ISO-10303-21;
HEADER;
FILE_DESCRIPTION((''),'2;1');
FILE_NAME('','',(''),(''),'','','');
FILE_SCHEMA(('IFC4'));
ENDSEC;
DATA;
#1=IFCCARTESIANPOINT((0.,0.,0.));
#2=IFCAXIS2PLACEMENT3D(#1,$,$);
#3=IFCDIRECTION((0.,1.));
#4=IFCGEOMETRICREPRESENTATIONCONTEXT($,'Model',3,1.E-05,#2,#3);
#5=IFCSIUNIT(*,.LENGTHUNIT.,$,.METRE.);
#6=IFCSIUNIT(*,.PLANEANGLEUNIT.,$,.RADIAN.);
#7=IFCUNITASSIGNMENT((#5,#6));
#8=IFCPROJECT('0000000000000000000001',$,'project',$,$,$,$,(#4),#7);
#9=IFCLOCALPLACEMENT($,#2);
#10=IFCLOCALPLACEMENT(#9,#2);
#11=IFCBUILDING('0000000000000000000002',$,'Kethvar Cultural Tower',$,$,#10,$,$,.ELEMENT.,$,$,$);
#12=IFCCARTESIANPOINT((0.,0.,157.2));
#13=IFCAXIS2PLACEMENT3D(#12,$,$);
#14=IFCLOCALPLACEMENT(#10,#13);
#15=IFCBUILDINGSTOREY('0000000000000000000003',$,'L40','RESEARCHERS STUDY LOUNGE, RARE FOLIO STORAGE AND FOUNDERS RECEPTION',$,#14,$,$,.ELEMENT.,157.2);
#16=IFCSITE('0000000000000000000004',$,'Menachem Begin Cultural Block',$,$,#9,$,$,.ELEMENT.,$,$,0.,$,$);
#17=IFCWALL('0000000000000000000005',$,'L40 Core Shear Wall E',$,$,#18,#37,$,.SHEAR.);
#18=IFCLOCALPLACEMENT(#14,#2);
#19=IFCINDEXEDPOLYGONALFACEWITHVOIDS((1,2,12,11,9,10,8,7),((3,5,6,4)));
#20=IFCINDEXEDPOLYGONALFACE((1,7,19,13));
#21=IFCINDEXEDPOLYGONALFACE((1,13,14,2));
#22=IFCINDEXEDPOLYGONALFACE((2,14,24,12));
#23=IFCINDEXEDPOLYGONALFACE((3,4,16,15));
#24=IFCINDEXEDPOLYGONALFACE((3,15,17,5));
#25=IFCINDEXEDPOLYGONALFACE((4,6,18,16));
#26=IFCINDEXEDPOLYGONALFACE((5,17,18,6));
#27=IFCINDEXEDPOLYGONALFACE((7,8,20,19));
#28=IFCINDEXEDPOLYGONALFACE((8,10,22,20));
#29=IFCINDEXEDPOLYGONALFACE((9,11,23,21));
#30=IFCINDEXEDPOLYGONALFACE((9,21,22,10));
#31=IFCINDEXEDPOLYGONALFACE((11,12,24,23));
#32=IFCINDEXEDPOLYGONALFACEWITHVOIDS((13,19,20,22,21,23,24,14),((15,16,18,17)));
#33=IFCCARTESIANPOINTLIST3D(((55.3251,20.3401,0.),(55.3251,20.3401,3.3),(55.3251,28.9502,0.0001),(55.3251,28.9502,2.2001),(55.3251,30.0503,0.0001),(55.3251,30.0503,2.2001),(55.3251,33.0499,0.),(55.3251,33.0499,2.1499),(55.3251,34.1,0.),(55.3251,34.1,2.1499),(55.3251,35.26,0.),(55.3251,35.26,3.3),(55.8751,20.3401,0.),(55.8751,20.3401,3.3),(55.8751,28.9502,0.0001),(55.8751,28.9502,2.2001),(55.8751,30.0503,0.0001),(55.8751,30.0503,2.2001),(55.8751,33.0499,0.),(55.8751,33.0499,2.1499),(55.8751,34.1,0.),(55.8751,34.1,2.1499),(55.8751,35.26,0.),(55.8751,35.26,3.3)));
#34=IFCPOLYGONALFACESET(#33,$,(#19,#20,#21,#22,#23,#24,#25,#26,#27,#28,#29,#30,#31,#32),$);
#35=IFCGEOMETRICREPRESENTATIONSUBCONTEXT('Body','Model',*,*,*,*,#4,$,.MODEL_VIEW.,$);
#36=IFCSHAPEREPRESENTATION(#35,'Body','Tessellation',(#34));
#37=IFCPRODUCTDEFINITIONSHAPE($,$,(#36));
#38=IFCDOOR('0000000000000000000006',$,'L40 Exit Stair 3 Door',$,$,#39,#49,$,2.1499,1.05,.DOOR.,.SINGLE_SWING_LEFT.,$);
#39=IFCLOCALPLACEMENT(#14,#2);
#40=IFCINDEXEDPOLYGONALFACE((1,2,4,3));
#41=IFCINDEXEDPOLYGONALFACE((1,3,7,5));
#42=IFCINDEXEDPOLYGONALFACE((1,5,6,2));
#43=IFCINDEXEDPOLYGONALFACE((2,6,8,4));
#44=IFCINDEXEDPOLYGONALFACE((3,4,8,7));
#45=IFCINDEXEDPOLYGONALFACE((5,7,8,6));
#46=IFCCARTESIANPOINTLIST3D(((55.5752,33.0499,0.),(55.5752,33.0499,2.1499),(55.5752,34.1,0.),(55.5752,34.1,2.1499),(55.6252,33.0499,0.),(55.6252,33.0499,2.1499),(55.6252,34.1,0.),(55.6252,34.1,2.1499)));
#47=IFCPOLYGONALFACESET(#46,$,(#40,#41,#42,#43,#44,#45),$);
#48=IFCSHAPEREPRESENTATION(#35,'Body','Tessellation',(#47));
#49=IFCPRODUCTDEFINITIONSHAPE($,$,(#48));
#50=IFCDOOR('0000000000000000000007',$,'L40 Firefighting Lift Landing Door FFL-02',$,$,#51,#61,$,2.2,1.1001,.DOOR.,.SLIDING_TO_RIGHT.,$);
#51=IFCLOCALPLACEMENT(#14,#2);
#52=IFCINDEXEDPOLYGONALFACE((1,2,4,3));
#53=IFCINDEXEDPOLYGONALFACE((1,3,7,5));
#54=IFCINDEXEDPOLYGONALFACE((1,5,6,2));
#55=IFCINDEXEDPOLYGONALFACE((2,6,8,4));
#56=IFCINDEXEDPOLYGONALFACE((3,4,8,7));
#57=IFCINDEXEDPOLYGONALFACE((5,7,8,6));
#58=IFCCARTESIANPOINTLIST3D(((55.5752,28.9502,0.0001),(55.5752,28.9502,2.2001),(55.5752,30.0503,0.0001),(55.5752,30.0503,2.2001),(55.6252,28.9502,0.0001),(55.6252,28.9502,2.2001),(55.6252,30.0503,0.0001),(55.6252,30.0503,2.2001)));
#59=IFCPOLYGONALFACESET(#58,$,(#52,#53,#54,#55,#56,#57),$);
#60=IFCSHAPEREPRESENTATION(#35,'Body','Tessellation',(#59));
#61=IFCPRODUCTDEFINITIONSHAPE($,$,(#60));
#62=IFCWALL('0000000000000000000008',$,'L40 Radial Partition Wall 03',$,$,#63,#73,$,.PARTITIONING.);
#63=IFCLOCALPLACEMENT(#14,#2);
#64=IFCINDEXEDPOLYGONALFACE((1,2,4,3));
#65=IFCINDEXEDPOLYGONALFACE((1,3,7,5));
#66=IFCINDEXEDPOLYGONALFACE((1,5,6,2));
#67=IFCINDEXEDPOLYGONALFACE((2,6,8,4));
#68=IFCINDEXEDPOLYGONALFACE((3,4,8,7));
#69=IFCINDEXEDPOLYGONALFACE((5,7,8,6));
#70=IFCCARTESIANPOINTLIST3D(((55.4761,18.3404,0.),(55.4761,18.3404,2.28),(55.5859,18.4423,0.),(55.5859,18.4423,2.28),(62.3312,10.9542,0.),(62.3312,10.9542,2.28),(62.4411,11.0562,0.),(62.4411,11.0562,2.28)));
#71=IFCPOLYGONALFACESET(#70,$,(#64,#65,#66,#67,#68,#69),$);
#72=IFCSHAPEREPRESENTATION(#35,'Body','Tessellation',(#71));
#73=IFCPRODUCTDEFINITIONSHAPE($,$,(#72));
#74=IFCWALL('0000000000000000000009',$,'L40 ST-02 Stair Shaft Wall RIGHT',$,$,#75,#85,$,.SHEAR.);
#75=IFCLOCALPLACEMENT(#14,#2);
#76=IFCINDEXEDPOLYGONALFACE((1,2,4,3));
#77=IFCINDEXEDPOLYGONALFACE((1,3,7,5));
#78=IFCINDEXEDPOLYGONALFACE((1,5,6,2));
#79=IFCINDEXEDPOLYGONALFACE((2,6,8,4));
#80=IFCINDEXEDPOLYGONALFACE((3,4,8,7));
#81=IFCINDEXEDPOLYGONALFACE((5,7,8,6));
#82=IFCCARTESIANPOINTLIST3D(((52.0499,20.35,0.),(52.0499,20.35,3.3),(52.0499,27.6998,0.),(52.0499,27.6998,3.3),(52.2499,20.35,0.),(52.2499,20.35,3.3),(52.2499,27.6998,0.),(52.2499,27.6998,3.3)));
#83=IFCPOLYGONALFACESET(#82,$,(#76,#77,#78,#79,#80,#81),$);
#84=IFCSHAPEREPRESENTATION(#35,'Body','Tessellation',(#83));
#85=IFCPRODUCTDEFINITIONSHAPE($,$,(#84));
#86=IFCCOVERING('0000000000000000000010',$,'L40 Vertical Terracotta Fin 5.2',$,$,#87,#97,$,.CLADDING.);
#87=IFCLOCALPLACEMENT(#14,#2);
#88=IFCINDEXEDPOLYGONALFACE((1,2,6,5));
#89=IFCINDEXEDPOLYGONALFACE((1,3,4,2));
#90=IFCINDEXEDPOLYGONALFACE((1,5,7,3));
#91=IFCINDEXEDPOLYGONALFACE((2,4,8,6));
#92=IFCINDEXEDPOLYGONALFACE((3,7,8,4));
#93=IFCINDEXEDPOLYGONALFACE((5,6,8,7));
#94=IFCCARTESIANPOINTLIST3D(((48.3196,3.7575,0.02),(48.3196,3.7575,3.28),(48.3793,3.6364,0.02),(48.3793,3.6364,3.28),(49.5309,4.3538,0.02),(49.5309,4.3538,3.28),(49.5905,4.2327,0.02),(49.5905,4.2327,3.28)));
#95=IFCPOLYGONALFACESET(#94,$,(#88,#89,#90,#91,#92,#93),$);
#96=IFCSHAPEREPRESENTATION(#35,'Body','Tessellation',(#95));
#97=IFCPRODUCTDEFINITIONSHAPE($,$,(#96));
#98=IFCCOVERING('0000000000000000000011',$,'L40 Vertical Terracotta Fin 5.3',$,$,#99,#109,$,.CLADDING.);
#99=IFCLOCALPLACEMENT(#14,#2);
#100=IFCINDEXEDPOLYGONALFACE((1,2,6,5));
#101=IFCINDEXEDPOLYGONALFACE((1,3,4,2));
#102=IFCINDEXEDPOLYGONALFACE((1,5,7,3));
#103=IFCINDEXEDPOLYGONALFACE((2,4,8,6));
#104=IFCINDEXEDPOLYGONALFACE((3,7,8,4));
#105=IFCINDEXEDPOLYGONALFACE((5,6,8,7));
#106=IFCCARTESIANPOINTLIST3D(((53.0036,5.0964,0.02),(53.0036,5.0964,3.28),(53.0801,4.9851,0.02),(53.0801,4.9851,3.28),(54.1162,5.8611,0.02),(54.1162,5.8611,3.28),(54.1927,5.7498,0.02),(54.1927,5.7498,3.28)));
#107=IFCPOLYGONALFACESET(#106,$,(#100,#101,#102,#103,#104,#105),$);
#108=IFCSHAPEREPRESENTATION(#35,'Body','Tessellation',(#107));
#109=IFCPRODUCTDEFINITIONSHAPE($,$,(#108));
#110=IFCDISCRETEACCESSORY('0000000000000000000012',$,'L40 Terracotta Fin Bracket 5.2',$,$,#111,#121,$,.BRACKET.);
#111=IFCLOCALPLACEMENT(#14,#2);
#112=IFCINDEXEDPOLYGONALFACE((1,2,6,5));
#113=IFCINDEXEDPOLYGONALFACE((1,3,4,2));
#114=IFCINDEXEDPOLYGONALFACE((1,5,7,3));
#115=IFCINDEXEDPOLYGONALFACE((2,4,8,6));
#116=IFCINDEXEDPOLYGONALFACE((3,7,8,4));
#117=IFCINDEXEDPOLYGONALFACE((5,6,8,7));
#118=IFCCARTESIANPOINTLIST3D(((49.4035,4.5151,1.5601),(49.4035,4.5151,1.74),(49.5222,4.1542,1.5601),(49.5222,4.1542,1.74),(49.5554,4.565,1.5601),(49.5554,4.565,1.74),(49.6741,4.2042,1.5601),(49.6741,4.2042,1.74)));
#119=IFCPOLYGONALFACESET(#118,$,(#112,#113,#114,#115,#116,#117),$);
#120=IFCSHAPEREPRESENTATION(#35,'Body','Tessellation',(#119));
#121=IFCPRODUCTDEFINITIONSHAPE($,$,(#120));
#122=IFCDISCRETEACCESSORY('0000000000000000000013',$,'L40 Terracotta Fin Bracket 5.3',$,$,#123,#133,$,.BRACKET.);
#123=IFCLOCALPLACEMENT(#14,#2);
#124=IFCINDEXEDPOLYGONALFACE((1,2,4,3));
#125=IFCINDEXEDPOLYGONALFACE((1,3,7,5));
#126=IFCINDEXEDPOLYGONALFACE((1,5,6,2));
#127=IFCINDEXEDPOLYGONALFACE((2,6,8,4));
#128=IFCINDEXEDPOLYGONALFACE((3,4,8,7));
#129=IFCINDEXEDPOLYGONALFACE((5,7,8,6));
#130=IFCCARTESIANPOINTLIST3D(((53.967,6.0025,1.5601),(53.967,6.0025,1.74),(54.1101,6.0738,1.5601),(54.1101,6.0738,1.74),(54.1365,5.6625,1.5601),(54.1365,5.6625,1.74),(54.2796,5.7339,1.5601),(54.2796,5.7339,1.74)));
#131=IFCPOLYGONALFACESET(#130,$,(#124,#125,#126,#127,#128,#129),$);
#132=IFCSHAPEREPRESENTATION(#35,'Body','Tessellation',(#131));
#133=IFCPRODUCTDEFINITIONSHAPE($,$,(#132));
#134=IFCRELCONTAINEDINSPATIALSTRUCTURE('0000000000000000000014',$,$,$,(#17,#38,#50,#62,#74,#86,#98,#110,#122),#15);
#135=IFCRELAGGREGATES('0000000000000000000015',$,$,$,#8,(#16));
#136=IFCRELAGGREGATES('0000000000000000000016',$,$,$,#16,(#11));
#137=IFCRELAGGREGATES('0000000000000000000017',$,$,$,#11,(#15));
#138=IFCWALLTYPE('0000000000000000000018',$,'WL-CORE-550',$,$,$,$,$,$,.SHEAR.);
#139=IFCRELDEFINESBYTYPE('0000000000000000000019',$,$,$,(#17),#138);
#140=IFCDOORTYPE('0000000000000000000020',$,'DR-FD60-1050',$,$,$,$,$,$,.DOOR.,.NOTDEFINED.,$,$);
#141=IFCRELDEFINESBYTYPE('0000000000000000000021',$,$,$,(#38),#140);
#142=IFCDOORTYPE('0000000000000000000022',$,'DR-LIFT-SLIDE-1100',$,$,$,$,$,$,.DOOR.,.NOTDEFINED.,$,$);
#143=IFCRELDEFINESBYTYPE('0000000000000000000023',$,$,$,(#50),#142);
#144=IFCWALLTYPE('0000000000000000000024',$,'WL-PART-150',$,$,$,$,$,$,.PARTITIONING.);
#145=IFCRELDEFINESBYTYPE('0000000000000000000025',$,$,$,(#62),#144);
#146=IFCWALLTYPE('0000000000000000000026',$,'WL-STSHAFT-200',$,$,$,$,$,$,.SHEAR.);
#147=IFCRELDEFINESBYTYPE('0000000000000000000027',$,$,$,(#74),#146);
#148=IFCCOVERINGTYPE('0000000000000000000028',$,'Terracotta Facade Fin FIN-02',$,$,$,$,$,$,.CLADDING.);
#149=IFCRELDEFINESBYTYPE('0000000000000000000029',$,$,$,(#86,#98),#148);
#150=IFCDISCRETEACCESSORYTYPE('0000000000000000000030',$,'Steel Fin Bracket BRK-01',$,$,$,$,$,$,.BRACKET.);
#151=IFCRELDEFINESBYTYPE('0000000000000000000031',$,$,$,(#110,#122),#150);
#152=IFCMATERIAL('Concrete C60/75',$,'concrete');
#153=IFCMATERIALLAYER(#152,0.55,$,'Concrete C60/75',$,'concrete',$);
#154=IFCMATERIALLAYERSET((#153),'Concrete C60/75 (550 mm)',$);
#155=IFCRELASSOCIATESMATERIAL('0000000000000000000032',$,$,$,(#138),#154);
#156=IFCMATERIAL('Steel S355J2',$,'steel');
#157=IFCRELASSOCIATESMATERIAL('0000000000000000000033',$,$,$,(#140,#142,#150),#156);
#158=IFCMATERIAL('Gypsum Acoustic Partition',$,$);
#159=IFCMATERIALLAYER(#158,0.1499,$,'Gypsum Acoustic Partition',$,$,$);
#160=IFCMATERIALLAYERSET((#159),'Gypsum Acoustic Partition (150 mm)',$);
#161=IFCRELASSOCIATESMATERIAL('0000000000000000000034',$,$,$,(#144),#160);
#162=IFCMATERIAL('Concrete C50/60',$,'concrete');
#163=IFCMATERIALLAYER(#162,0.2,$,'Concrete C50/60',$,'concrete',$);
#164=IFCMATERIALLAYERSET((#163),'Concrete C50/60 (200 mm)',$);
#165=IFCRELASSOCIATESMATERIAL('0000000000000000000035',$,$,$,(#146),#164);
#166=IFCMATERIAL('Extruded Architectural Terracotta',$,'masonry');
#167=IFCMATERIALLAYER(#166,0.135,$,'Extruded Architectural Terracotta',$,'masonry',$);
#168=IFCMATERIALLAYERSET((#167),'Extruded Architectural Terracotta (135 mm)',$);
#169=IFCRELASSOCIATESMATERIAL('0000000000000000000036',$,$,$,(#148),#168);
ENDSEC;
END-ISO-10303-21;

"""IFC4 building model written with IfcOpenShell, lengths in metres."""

from ifc_helpers import new_model, si_unit, direction, frame, frame_2d, origin, origin_2d, place, context, subcontext, project, spatial, rectangle, extrude, source, transform, mapped, material, layer, layer_set, type_object, element, fill, save


model = new_model("IFC4")

# Units and contexts
model_context = context("Model", 3, precision=1e-05, world=origin(), true_north=direction((0.0, 1.0)))
body_context = subcontext(model_context, "Body", "Model", "MODEL_VIEW")
ifc_project = project(units=[si_unit("LENGTHUNIT", "METRE"), si_unit("PLANEANGLEUNIT", "RADIAN")], contexts=[model_context])

# Site, building, storey
site_placement = place(None, origin())
site = spatial("IfcSite", under=ifc_project, at=site_placement, Name="Menachem Begin Cultural Block", CompositionType="ELEMENT", RefElevation=0.0)
building_placement = place(site_placement, origin())
building = spatial("IfcBuilding", under=site, at=building_placement, Name="Kethvar Cultural Tower", CompositionType="ELEMENT")
storey_placement = place(building_placement, frame((0.0, 0.0, 157.2)))
storey = spatial("IfcBuildingStorey", under=building, at=storey_placement, Name="L40", Description="RESEARCHERS STUDY LOUNGE, RARE FOLIO STORAGE AND FOUNDERS RECEPTION", CompositionType="ELEMENT", Elevation=157.2)

# Shared definitions
ifc_material_1 = material(Name="Steel S355J2", Category="steel")

# Wall, openings, doors
ifc_material_2 = material(Name="Concrete C60/75", Category="concrete")
ifc_layer_1 = layer(ifc_material_2, 0.55, Name="Concrete C60/75", Category="concrete")
ifc_layer_set_1 = layer_set([ifc_layer_1], Name="Concrete C60/75 (550 mm)")
wall_type_1 = type_object("IfcWallType", Name="WL-CORE-550", PredefinedType="SHEAR", material=ifc_layer_set_1)
wall_1_placement = place(storey_placement, frame((55.6001, 20.3401, 0.0), z_axis=(0.0, 0.0, 1.0), x_axis=(0.0, 1.0, 0.0)))
wall_1 = element("IfcWall", 1, at=wall_1_placement, inside=storey, type_object=wall_type_1, Name="L40 Core Shear Wall E", PredefinedType="SHEAR", context=body_context, shape_type="SweptSolid", body=[
    extrude(rectangle(XDim=14.9199, YDim=0.55, at=frame_2d((7.46, 0.0))), origin(), (0.0, 0.0, 1.0), 3.3),
])
opening_1_placement = place(wall_1_placement, frame((12.71, 0.0, 0.0)))
opening_1 = element("IfcOpeningElement", 2, at=opening_1_placement, cuts=wall_1, PredefinedType="OPENING", context=body_context, shape_type="SweptSolid", body=[
    extrude(rectangle(XDim=1.05, YDim=2.1499, at=frame_2d((0.5249, 1.075))), frame((0.0, 0.2849, 0.0), z_axis=(0.0, -1.0, 0.0), x_axis=(1.0, 0.0, 0.0)), (0.0, 0.0, 1.0), 0.5701),
])
opening_2_placement = place(wall_1_placement, frame((8.6101, 0.0, 0.0)))
opening_2 = element("IfcOpeningElement", 3, at=opening_2_placement, cuts=wall_1, PredefinedType="OPENING", context=body_context, shape_type="SweptSolid", body=[
    extrude(rectangle(XDim=1.1001, YDim=2.2, at=frame_2d((0.55, 1.1001))), frame((0.0, 0.2849, 0.0), z_axis=(0.0, -1.0, 0.0), x_axis=(1.0, 0.0, 0.0)), (0.0, 0.0, 1.0), 0.5701),
])
door_type_1 = type_object("IfcDoorType", Name="DR-FD60-1050", OperationType="NOTDEFINED", PredefinedType="DOOR", material=ifc_material_1)
shared_shape_1 = source(origin(), body_context, "Body", "SweptSolid", [
    extrude(rectangle(XDim=1.05, YDim=2.1499, at=frame_2d((0.5249, 1.075))), frame((0.0, 0.0249, 0.0), z_axis=(0.0, -1.0, 0.0), x_axis=(1.0, 0.0, 0.0)), (0.0, 0.0, 1.0), 0.05),
])
door_1_placement = place(opening_1_placement, origin())
door_1 = element("IfcDoor", 4, at=door_1_placement, inside=storey, type_object=door_type_1, Name="L40 Exit Stair 3 Door", OperationType="SINGLE_SWING_LEFT", OverallHeight=2.1499, OverallWidth=1.05, PredefinedType="DOOR", context=body_context, shape_type="MappedRepresentation", body=[
    mapped(shared_shape_1, transform((0.0, 0.0, 0.0), scale=1.0)),
])
fill(opening_1, door_1)
door_type_2 = type_object("IfcDoorType", Name="DR-LIFT-SLIDE-1100", OperationType="NOTDEFINED", PredefinedType="DOOR", material=ifc_material_1)
shared_shape_2 = source(origin(), body_context, "Body", "SweptSolid", [
    extrude(rectangle(XDim=1.1001, YDim=2.2, at=frame_2d((0.55, 1.1001))), frame((0.0, 0.0249, 0.0), z_axis=(0.0, -1.0, 0.0), x_axis=(1.0, 0.0, 0.0)), (0.0, 0.0, 1.0), 0.05),
])
door_2_placement = place(opening_2_placement, origin())
door_2 = element("IfcDoor", 5, at=door_2_placement, inside=storey, type_object=door_type_2, Name="L40 Firefighting Lift Landing Door FFL-02", OperationType="SLIDING_TO_RIGHT", OverallHeight=2.2, OverallWidth=1.1001, PredefinedType="DOOR", context=body_context, shape_type="MappedRepresentation", body=[
    mapped(shared_shape_2, transform((0.0, 0.0, 0.0), scale=1.0)),
])
fill(opening_2, door_2)

# Walls
ifc_material_3 = material(Name="Gypsum Acoustic Partition")
ifc_layer_2 = layer(ifc_material_3, 0.1499, Name="Gypsum Acoustic Partition")
ifc_layer_set_2 = layer_set([ifc_layer_2], Name="Gypsum Acoustic Partition (150 mm)")
wall_type_2 = type_object("IfcWallType", Name="WL-PART-150", PredefinedType="PARTITIONING", material=ifc_layer_set_2)
wall_2_placement = place(storey_placement, frame((55.531, 18.3914, 0.0), z_axis=(0.0, 0.0, 1.0), x_axis=(0.680269, -0.732963, 0.0)))
element("IfcWall", 6, at=wall_2_placement, inside=storey, type_object=wall_type_2, Name="L40 Radial Partition Wall 03", PredefinedType="PARTITIONING", context=body_context, shape_type="SweptSolid", body=[
    extrude(rectangle(XDim=10.0771, YDim=0.1499, at=frame_2d((5.0386, 0.0))), origin(), (0.0, 0.0, 1.0), 2.28),
])
ifc_material_4 = material(Name="Concrete C50/60", Category="concrete")
ifc_layer_3 = layer(ifc_material_4, 0.2, Name="Concrete C50/60", Category="concrete")
ifc_layer_set_3 = layer_set([ifc_layer_3], Name="Concrete C50/60 (200 mm)")
wall_type_3 = type_object("IfcWallType", Name="WL-STSHAFT-200", PredefinedType="SHEAR", material=ifc_layer_set_3)
wall_3_placement = place(storey_placement, frame((52.1499, 20.3501, 0.0), z_axis=(0.0, 0.0, 1.0), x_axis=(0.0, 1.0, 0.0)))
element("IfcWall", 7, at=wall_3_placement, inside=storey, type_object=wall_type_3, Name="L40 ST-02 Stair Shaft Wall RIGHT", PredefinedType="SHEAR", context=body_context, shape_type="SweptSolid", body=[
    extrude(rectangle(XDim=7.3499, YDim=0.2, at=frame_2d((3.6748, 0.0))), origin(), (0.0, 0.0, 1.0), 3.3),
])

# Coverings
ifc_material_5 = material(Name="Extruded Architectural Terracotta", Category="masonry")
ifc_layer_4 = layer(ifc_material_5, 0.135, Name="Extruded Architectural Terracotta", Category="masonry")
ifc_layer_set_4 = layer_set([ifc_layer_4], Name="Extruded Architectural Terracotta (135 mm)")
covering_type = type_object("IfcCoveringType", Name="Terracotta Facade Fin FIN-02", PredefinedType="CLADDING", material=ifc_layer_set_4)
shared_shape_3 = source(origin(), body_context, "Body", "SweptSolid", [
    extrude(rectangle(XDim=1.3501, YDim=0.135, at=origin_2d()), origin(), (0.0, 0.0, 1.0), 3.26),
])
for number, where, z_axis, x_axis, name in (
    (8, (48.9551, 3.9951, 0.02), (0.0, 0.0, 1.0), (-0.897181, -0.441662, 0.0), "L40 Vertical Terracotta Fin 5.2"),
    (9, (53.5981, 5.4231, 0.02), (0.0, 0.0, 1.0), (-0.824126, -0.566406, 0.0), "L40 Vertical Terracotta Fin 5.3"),
):
    element("IfcCovering", number, at=place(storey_placement, frame(where, z_axis=z_axis, x_axis=x_axis)), inside=storey, type_object=covering_type, Name=name, PredefinedType="CLADDING", context=body_context, shape_type="MappedRepresentation", body=[
        mapped(shared_shape_3, transform((0.0, 0.0, 0.0), scale=1.0)),
    ])

# Discrete accessories
discrete_accessory_type = type_object("IfcDiscreteAccessoryType", Name="Steel Fin Bracket BRK-01", PredefinedType="BRACKET", material=ifc_material_1)
shared_shape_4 = source(origin(), body_context, "Body", "SweptSolid", [
    extrude(rectangle(XDim=0.3799, YDim=0.1599, at=origin_2d()), origin(), (0.0, 0.0, 1.0), 0.1799),
])
for number, where, z_axis, x_axis, name in (
    (10, (49.5388, 4.3596, 1.5601), (0.0, 0.0, 1.0), (0.312501, -0.949918, 0.0), "L40 Terracotta Fin Bracket 5.2"),
    (11, (54.1233, 5.8682, 1.5601), (0.0, 0.0, 1.0), (0.446198, -0.894934, 0.0), "L40 Terracotta Fin Bracket 5.3"),
):
    element("IfcDiscreteAccessory", number, at=place(storey_placement, frame(where, z_axis=z_axis, x_axis=x_axis)), inside=storey, type_object=discrete_accessory_type, Name=name, PredefinedType="BRACKET", context=body_context, shape_type="MappedRepresentation", body=[
        mapped(shared_shape_4, transform((0.0, 0.0, 0.0), scale=1.0)),
    ])

save(model, "model.ifc")
